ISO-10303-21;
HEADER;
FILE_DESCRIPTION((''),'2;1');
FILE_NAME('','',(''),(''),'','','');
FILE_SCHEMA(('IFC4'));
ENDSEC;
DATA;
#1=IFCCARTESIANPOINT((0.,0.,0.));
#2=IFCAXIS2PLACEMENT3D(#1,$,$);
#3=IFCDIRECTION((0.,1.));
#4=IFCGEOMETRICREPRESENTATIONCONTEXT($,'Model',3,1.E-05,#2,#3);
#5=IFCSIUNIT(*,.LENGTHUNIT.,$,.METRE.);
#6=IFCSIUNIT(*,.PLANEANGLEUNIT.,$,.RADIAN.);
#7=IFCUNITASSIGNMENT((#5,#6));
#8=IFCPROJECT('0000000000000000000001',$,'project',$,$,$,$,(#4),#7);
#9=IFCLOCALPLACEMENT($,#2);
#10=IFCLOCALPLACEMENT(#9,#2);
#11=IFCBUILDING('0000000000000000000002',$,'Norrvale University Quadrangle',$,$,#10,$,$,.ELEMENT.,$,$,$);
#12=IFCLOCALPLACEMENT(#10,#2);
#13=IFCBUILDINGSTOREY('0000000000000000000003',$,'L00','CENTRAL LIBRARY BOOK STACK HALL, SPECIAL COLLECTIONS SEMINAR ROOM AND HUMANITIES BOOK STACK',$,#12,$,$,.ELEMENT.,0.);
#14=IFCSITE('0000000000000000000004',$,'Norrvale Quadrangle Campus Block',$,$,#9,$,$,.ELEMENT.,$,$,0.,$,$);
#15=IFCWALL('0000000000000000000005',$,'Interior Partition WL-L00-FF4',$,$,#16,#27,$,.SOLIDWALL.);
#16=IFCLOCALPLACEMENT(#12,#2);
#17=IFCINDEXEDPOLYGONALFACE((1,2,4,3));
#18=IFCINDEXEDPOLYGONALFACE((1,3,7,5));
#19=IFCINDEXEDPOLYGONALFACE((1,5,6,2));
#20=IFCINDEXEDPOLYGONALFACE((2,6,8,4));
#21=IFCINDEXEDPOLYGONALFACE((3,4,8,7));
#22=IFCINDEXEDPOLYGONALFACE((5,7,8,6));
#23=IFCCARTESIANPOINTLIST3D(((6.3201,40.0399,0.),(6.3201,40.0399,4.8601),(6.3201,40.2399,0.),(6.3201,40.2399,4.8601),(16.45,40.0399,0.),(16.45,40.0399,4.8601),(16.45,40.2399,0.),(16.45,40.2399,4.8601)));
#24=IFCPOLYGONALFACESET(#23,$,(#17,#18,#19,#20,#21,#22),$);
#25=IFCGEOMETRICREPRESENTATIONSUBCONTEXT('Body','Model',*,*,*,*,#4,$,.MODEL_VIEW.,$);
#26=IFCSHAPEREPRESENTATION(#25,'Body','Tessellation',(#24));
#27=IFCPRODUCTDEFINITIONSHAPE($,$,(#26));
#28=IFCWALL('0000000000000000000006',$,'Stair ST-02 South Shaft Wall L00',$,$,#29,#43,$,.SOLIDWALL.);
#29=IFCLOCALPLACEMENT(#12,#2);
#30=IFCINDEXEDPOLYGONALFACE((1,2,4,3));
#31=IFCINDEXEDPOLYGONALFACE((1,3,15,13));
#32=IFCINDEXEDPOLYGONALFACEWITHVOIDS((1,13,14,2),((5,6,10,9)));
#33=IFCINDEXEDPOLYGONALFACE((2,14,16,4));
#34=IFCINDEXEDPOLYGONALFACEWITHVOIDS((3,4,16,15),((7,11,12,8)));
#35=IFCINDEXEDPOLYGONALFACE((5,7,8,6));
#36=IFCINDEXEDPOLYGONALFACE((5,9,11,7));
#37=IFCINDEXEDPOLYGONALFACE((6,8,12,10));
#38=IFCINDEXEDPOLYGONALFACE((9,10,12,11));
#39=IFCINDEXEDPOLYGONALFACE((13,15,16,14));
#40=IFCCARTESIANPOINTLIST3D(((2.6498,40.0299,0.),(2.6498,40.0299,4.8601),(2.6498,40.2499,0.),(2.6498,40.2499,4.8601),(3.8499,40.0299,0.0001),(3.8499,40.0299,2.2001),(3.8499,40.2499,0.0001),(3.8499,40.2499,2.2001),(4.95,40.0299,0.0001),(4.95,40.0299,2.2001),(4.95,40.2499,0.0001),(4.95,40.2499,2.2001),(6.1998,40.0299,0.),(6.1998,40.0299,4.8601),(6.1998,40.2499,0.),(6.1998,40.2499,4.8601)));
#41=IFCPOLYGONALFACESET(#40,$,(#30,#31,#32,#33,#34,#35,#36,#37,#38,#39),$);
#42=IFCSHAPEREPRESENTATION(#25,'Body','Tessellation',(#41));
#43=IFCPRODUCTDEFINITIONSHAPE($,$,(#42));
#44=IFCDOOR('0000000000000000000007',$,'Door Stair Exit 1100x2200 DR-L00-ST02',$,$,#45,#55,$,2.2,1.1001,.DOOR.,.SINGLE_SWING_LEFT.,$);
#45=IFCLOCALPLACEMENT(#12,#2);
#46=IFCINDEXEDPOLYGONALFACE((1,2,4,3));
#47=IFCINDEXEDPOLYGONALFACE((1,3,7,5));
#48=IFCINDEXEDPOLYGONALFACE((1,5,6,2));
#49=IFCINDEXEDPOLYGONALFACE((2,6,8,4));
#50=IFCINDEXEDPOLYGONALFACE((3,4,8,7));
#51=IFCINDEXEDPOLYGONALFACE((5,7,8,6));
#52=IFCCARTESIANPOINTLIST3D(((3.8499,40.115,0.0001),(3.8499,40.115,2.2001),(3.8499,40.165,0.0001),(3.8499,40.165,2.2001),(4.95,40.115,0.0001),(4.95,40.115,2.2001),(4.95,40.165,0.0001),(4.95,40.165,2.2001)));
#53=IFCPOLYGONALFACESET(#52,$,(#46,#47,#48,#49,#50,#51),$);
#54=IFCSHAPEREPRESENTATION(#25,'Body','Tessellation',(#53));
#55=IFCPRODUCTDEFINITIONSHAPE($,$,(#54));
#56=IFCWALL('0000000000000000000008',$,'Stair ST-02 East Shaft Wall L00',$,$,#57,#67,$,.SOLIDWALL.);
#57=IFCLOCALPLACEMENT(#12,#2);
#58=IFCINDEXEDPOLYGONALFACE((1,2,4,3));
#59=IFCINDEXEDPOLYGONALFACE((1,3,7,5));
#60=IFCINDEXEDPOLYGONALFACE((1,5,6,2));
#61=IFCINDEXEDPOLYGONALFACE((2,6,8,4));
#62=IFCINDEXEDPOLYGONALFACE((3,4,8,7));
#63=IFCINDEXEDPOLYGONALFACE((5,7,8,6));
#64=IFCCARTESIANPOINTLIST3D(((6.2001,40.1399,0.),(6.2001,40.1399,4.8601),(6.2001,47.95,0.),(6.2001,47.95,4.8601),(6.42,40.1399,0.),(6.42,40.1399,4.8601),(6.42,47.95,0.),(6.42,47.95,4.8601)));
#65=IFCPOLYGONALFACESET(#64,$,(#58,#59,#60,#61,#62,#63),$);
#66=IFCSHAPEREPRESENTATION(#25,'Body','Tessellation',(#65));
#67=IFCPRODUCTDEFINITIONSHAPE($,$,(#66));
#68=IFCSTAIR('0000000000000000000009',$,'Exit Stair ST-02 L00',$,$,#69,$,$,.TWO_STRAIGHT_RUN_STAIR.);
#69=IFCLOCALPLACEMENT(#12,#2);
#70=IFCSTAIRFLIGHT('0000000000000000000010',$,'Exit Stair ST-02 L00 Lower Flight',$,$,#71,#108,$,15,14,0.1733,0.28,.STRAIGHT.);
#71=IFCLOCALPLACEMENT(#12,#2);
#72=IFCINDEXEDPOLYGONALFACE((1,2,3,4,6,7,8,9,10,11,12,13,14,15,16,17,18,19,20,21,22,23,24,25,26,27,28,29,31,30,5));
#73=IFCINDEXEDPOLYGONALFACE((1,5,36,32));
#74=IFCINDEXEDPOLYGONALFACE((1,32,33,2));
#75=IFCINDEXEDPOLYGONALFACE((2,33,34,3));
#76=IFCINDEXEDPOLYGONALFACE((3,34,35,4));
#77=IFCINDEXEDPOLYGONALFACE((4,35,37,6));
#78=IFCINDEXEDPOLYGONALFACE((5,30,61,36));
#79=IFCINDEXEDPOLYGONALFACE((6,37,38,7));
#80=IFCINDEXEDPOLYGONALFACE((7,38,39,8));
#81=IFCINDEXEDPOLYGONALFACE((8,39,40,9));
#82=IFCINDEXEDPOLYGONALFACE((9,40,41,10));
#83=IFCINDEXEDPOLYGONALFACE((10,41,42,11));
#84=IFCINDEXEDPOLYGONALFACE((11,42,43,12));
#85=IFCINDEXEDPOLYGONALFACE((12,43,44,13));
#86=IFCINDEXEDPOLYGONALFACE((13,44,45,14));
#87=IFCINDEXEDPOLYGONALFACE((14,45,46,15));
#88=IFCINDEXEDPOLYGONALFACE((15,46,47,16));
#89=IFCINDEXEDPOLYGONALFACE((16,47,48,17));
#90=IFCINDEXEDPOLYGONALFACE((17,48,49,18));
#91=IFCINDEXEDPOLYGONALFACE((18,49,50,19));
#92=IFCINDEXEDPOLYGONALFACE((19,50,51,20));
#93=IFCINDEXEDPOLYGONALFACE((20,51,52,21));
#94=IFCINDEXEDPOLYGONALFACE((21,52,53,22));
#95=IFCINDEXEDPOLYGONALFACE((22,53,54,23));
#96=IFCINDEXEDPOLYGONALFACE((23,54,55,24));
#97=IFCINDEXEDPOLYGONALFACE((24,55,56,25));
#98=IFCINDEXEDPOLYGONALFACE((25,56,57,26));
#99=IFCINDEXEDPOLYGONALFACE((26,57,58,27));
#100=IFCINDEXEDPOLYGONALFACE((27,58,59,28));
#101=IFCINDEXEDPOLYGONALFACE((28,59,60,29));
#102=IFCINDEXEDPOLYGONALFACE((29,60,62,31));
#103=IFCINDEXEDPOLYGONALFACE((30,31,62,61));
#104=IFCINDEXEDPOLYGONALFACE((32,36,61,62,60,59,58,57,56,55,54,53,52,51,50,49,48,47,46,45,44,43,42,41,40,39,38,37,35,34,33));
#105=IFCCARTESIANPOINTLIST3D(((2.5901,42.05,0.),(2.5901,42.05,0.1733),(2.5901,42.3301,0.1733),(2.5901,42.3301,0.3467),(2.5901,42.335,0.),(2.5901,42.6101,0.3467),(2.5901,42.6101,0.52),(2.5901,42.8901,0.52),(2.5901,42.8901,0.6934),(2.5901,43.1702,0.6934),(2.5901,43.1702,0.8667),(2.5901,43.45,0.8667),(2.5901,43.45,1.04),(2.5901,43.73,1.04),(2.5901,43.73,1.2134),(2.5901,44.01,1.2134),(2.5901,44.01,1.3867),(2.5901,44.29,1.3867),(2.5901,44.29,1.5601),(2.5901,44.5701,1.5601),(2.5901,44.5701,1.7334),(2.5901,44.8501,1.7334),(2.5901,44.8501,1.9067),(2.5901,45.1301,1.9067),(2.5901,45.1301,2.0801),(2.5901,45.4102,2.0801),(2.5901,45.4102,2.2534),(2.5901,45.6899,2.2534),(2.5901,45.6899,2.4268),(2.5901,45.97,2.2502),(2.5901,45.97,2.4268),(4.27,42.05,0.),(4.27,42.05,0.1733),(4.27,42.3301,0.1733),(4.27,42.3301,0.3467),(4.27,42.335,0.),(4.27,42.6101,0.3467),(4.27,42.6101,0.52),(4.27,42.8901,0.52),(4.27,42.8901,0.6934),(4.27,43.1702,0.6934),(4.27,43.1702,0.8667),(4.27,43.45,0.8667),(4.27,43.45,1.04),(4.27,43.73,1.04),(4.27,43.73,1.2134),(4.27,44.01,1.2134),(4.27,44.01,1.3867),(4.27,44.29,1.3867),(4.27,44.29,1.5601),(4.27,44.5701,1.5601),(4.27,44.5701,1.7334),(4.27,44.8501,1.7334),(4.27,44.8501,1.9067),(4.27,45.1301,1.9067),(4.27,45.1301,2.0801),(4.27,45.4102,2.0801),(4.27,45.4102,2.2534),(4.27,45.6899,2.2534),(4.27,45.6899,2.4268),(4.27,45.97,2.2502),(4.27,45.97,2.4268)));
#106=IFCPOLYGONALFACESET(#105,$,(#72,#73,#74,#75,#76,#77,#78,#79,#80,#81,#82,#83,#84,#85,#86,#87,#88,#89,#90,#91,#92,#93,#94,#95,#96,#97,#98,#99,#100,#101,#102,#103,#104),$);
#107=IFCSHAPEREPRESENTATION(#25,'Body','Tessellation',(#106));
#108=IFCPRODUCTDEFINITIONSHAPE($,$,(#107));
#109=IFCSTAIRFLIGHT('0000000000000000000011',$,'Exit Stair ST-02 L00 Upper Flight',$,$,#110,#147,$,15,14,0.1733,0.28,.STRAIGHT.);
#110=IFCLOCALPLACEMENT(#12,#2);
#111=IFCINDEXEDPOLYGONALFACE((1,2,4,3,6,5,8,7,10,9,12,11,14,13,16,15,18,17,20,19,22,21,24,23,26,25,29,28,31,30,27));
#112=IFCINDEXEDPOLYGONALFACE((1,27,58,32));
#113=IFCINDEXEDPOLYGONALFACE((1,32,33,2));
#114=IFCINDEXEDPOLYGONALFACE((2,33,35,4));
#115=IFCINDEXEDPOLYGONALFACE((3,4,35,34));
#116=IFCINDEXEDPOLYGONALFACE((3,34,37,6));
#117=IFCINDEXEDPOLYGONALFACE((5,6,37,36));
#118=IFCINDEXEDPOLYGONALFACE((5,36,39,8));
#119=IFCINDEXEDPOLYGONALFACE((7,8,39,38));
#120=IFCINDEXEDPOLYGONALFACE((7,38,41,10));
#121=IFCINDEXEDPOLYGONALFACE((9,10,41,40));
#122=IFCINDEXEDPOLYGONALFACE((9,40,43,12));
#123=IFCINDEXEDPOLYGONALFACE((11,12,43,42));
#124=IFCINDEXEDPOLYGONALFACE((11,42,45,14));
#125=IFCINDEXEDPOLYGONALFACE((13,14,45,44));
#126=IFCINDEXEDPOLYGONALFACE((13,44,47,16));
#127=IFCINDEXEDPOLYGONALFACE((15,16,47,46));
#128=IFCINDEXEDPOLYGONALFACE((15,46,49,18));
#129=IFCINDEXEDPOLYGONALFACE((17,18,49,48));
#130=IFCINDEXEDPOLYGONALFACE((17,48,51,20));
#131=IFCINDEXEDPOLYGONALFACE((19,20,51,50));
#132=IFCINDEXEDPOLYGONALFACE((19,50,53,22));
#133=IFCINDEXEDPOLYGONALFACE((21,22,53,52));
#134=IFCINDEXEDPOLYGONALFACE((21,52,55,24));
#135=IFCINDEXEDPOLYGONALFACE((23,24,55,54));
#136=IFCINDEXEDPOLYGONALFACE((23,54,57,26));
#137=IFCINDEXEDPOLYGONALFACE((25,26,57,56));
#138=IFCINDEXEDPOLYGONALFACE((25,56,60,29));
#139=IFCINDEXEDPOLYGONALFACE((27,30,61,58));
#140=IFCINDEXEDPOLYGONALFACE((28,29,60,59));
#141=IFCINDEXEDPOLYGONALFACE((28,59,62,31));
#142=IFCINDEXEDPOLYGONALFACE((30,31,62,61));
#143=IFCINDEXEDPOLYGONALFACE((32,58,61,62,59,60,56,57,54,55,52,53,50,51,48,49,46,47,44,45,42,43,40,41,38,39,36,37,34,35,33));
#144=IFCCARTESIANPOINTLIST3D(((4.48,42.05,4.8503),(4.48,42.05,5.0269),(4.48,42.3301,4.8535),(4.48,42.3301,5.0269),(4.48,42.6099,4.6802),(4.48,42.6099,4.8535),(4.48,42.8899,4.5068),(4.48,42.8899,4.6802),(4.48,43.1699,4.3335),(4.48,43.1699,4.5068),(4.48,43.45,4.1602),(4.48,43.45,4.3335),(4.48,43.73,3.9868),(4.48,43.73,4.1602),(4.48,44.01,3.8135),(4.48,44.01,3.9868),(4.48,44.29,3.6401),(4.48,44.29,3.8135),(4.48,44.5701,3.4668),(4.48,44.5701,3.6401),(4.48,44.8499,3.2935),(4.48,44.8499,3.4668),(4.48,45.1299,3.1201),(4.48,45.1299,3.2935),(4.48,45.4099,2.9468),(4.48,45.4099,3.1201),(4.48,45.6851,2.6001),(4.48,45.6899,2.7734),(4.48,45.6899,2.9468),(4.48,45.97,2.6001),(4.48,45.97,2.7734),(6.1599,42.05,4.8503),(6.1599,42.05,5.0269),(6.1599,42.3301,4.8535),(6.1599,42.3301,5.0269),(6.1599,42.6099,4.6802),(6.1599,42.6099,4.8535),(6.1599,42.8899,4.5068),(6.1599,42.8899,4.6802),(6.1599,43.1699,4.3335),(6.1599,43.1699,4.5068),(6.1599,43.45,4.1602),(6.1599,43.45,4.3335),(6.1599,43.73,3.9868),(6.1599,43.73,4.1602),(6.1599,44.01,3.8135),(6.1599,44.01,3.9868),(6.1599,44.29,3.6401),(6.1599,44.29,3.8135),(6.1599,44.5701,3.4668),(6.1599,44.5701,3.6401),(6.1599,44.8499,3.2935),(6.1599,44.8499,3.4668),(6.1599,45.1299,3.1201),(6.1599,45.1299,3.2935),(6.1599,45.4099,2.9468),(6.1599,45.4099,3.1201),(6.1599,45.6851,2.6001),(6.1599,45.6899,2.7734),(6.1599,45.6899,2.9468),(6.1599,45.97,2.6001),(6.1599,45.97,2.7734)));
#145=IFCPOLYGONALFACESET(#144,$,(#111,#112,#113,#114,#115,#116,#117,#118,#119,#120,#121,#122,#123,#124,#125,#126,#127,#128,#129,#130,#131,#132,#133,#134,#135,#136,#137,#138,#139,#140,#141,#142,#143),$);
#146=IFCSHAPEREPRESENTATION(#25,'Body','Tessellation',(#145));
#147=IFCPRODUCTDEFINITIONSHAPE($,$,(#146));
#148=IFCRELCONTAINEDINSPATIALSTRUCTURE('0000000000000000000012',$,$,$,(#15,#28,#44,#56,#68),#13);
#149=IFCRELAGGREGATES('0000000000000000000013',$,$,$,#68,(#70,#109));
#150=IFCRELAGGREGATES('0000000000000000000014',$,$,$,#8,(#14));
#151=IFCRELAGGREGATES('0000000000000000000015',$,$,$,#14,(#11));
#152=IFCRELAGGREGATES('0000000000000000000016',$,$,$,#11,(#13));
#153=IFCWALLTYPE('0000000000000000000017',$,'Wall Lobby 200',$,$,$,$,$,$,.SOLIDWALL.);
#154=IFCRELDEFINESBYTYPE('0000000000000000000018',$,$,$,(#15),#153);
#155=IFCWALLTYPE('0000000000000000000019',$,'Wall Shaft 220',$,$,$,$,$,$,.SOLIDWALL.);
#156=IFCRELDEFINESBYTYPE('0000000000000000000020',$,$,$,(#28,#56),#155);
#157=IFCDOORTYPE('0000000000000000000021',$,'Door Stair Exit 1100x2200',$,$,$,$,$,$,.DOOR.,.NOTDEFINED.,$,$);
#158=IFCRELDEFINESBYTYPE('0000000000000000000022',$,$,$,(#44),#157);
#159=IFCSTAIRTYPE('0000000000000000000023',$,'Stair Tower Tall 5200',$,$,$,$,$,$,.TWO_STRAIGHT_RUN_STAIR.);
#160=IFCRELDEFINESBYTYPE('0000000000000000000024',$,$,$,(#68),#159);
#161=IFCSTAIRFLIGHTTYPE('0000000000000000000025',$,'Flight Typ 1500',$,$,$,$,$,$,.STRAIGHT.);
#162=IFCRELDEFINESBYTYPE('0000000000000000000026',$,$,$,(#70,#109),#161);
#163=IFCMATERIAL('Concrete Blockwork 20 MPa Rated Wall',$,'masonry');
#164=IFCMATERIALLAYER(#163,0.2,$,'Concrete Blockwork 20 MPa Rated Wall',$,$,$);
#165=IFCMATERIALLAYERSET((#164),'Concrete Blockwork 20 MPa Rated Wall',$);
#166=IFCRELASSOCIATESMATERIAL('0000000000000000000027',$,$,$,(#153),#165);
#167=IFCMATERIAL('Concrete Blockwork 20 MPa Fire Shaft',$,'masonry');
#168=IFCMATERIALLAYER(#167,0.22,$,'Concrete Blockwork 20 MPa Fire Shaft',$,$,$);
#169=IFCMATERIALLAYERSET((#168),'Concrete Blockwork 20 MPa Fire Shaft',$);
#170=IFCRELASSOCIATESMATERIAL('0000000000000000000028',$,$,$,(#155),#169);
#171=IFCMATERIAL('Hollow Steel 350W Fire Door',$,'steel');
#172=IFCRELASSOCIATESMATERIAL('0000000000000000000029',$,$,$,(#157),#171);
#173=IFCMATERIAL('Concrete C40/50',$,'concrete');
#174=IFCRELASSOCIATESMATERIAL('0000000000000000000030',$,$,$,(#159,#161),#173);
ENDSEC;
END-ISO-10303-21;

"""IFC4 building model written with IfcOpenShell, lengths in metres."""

from ifc_helpers import new_model, si_unit, direction, frame, frame_2d, origin, place, context, subcontext, project, spatial, polyline, rectangle, outline, extrude, material, layer, layer_set, type_object, element, fill, aggregate, save


model = new_model("IFC4")

# Units and contexts
model_context = context("Model", 3, precision=1e-05, world=origin(), true_north=direction((0.0, 1.0)))
body_context = subcontext(model_context, "Body", "Model", "MODEL_VIEW")
ifc_project = project(units=[si_unit("LENGTHUNIT", "METRE"), si_unit("PLANEANGLEUNIT", "RADIAN")], contexts=[model_context])

# Site, building, storey
site_placement = place(None, origin())
site = spatial("IfcSite", under=ifc_project, at=site_placement, Name="Norrvale Quadrangle Campus Block", CompositionType="ELEMENT", RefElevation=0.0)
building_placement = place(site_placement, origin())
building = spatial("IfcBuilding", under=site, at=building_placement, Name="Norrvale University Quadrangle", CompositionType="ELEMENT")
storey_placement = place(building_placement, origin())
storey = spatial("IfcBuildingStorey", under=building, at=storey_placement, Name="L00", Description="CENTRAL LIBRARY BOOK STACK HALL, SPECIAL COLLECTIONS SEMINAR ROOM AND HUMANITIES BOOK STACK", CompositionType="ELEMENT", Elevation=0.0)

# Wall
ifc_material_1 = material(Name="Concrete Blockwork 20 MPa Rated Wall", Category="masonry")
ifc_layer_1 = layer(ifc_material_1, 0.2, Name="Concrete Blockwork 20 MPa Rated Wall")
ifc_layer_set_1 = layer_set([ifc_layer_1], Name="Concrete Blockwork 20 MPa Rated Wall")
wall_type_1 = type_object("IfcWallType", Name="Wall Lobby 200", PredefinedType="SOLIDWALL", material=ifc_layer_set_1)
wall_1_placement = place(storey_placement, frame((6.3201, 40.1399, 0.0), z_axis=(0.0, 0.0, 1.0), x_axis=(1.0, 0.0, 0.0)))
element("IfcWall", 1, at=wall_1_placement, inside=storey, type_object=wall_type_1, Name="Interior Partition WL-L00-FF4", PredefinedType="SOLIDWALL", context=body_context, shape_type="SweptSolid", body=[
    extrude(rectangle(XDim=10.1299, YDim=0.2, at=frame_2d((5.0649, 0.0))), origin(), (0.0, 0.0, 1.0), 4.8601),
])

# Wall, opening, door
ifc_material_2 = material(Name="Concrete Blockwork 20 MPa Fire Shaft", Category="masonry")
ifc_layer_2 = layer(ifc_material_2, 0.22, Name="Concrete Blockwork 20 MPa Fire Shaft")
ifc_layer_set_2 = layer_set([ifc_layer_2], Name="Concrete Blockwork 20 MPa Fire Shaft")
wall_type_2 = type_object("IfcWallType", Name="Wall Shaft 220", PredefinedType="SOLIDWALL", material=ifc_layer_set_2)
wall_2_placement = place(storey_placement, frame((2.6499, 40.1399, 0.0), z_axis=(0.0, 0.0, 1.0), x_axis=(1.0, 0.0, 0.0)))
wall_2 = element("IfcWall", 2, at=wall_2_placement, inside=storey, type_object=wall_type_2, Name="Stair ST-02 South Shaft Wall L00", PredefinedType="SOLIDWALL", context=body_context, shape_type="SweptSolid", body=[
    extrude(rectangle(XDim=3.55, YDim=0.22, at=frame_2d((1.7749, 0.0))), origin(), (0.0, 0.0, 1.0), 4.8601),
])
opening_1_placement = place(wall_2_placement, frame((1.2, 0.0, 0.0)))
opening_1 = element("IfcOpeningElement", 3, at=opening_1_placement, cuts=wall_2, PredefinedType="OPENING", context=body_context, shape_type="SweptSolid", body=[
    extrude(rectangle(XDim=1.1001, YDim=2.2, at=frame_2d((0.55, 1.1001))), frame((0.0, 0.1221, 0.0), z_axis=(0.0, -1.0, 0.0), x_axis=(1.0, 0.0, 0.0)), (0.0, 0.0, 1.0), 0.2439),
])
ifc_material_3 = material(Name="Hollow Steel 350W Fire Door", Category="steel")
door_type_1 = type_object("IfcDoorType", Name="Door Stair Exit 1100x2200", OperationType="NOTDEFINED", PredefinedType="DOOR", material=ifc_material_3)
door_1_placement = place(opening_1_placement, frame((1.1001, 0.0, 0.0), z_axis=(0.0, 0.0, 1.0), x_axis=(-1.0, 0.0, 0.0)))
door_1 = element("IfcDoor", 4, at=door_1_placement, inside=storey, type_object=door_type_1, Name="Door Stair Exit 1100x2200 DR-L00-ST02", OperationType="SINGLE_SWING_LEFT", OverallHeight=2.2, OverallWidth=1.1001, PredefinedType="DOOR", context=body_context, shape_type="SweptSolid", body=[
    extrude(rectangle(XDim=1.1001, YDim=2.2, at=frame_2d((0.55, 1.1001))), frame((0.0, 0.0249, 0.0), z_axis=(0.0, -1.0, 0.0), x_axis=(1.0, 0.0, 0.0)), (0.0, 0.0, 1.0), 0.05),
])
fill(opening_1, door_1)

# Wall
wall_3_placement = place(storey_placement, frame((6.3101, 40.1399, 0.0), z_axis=(0.0, 0.0, 1.0), x_axis=(0.0, 1.0, 0.0)))
element("IfcWall", 5, at=wall_3_placement, inside=storey, type_object=wall_type_2, Name="Stair ST-02 East Shaft Wall L00", PredefinedType="SOLIDWALL", context=body_context, shape_type="SweptSolid", body=[
    extrude(rectangle(XDim=7.8101, YDim=0.22, at=frame_2d((3.905, 0.0))), origin(), (0.0, 0.0, 1.0), 4.8601),
])

# Stair, stair flights
ifc_material_4 = material(Name="Concrete C40/50", Category="concrete")
stair_type = type_object("IfcStairType", Name="Stair Tower Tall 5200", PredefinedType="TWO_STRAIGHT_RUN_STAIR", material=ifc_material_4)
stair_placement = place(storey_placement, origin())
stair = element("IfcStair", 6, at=stair_placement, inside=storey, type_object=stair_type, Name="Exit Stair ST-02 L00", PredefinedType="TWO_STRAIGHT_RUN_STAIR")
stair_flight_type = type_object("IfcStairFlightType", Name="Flight Typ 1500", PredefinedType="STRAIGHT", material=ifc_material_4)
stair_flight_1_placement = place(storey_placement, frame((3.4299, 42.05, 0.0), z_axis=(0.0, 0.0, 1.0), x_axis=(0.0, 1.0, 0.0)))
stair_flight_1 = element("IfcStairFlight", 7, at=stair_flight_1_placement, type_object=stair_flight_type, Name="Exit Stair ST-02 L00 Lower Flight", NumberOfRisers=15, NumberOfTreads=14, PredefinedType="STRAIGHT", RiserHeight=0.1733, TreadLength=0.28, context=body_context, shape_type="SweptSolid", body=[
    extrude(outline(polyline([(0.0, 0.0), (0.0, 0.1733), (0.28, 0.1733), (0.28, 0.3467), (0.5601, 0.3467), (0.5601, 0.52), (0.8401, 0.52), (0.8401, 0.6934), (1.1201, 0.6934), (1.1201, 0.8667), (1.3999, 0.8667), (1.3999, 1.04), (1.6799, 1.04), (1.6799, 1.2134), (1.96, 1.2134), (1.96, 1.3867), (2.24, 1.3867), (2.24, 1.5601), (2.52, 1.5601), (2.52, 1.7334), (2.8, 1.7334), (2.8, 1.9067), (3.0801, 1.9067), (3.0801, 2.0801), (3.3601, 2.0801), (3.3601, 2.2534), (3.6399, 2.2534), (3.6399, 2.4268), (3.9199, 2.4268), (3.9199, 2.6001), (3.9199, 2.2502), (0.2849, 0.0), (0.0, 0.0)])), frame((0.0, 0.8398, 0.0), z_axis=(0.0, -1.0, 0.0), x_axis=(1.0, 0.0, 0.0)), (0.0, 0.0, 1.0), 1.6799),
])
stair_flight_2_placement = place(storey_placement, frame((5.3201, 45.97, 2.6001), z_axis=(0.0, 0.0, 1.0), x_axis=(0.0, -1.0, 0.0)))
stair_flight_2 = element("IfcStairFlight", 8, at=stair_flight_2_placement, type_object=stair_flight_type, Name="Exit Stair ST-02 L00 Upper Flight", NumberOfRisers=15, NumberOfTreads=14, PredefinedType="STRAIGHT", RiserHeight=0.1733, TreadLength=0.28, context=body_context, shape_type="SweptSolid", body=[
    extrude(outline(polyline([(0.0, 0.0), (0.0, 0.1733), (0.28, 0.1733), (0.28, 0.3467), (0.5601, 0.3467), (0.5601, 0.52), (0.8401, 0.52), (0.8401, 0.6934), (1.1201, 0.6934), (1.1201, 0.8667), (1.3999, 0.8667), (1.3999, 1.04), (1.6799, 1.04), (1.6799, 1.2134), (1.96, 1.2134), (1.96, 1.3867), (2.24, 1.3867), (2.24, 1.5601), (2.52, 1.5601), (2.52, 1.7334), (2.8, 1.7334), (2.8, 1.9067), (3.0801, 1.9067), (3.0801, 2.0801), (3.3601, 2.0801), (3.3601, 2.2534), (3.6399, 2.2534), (3.6399, 2.4268), (3.9199, 2.4268), (3.9199, 2.6001), (3.9199, 2.2502), (0.2849, 0.0), (0.0, 0.0)])), frame((0.0, 0.8398, 0.0), z_axis=(0.0, -1.0, 0.0), x_axis=(1.0, 0.0, 0.0)), (0.0, 0.0, 1.0), 1.6799),
])
aggregate(stair, [stair_flight_1, stair_flight_2])

save(model, "model.ifc")
